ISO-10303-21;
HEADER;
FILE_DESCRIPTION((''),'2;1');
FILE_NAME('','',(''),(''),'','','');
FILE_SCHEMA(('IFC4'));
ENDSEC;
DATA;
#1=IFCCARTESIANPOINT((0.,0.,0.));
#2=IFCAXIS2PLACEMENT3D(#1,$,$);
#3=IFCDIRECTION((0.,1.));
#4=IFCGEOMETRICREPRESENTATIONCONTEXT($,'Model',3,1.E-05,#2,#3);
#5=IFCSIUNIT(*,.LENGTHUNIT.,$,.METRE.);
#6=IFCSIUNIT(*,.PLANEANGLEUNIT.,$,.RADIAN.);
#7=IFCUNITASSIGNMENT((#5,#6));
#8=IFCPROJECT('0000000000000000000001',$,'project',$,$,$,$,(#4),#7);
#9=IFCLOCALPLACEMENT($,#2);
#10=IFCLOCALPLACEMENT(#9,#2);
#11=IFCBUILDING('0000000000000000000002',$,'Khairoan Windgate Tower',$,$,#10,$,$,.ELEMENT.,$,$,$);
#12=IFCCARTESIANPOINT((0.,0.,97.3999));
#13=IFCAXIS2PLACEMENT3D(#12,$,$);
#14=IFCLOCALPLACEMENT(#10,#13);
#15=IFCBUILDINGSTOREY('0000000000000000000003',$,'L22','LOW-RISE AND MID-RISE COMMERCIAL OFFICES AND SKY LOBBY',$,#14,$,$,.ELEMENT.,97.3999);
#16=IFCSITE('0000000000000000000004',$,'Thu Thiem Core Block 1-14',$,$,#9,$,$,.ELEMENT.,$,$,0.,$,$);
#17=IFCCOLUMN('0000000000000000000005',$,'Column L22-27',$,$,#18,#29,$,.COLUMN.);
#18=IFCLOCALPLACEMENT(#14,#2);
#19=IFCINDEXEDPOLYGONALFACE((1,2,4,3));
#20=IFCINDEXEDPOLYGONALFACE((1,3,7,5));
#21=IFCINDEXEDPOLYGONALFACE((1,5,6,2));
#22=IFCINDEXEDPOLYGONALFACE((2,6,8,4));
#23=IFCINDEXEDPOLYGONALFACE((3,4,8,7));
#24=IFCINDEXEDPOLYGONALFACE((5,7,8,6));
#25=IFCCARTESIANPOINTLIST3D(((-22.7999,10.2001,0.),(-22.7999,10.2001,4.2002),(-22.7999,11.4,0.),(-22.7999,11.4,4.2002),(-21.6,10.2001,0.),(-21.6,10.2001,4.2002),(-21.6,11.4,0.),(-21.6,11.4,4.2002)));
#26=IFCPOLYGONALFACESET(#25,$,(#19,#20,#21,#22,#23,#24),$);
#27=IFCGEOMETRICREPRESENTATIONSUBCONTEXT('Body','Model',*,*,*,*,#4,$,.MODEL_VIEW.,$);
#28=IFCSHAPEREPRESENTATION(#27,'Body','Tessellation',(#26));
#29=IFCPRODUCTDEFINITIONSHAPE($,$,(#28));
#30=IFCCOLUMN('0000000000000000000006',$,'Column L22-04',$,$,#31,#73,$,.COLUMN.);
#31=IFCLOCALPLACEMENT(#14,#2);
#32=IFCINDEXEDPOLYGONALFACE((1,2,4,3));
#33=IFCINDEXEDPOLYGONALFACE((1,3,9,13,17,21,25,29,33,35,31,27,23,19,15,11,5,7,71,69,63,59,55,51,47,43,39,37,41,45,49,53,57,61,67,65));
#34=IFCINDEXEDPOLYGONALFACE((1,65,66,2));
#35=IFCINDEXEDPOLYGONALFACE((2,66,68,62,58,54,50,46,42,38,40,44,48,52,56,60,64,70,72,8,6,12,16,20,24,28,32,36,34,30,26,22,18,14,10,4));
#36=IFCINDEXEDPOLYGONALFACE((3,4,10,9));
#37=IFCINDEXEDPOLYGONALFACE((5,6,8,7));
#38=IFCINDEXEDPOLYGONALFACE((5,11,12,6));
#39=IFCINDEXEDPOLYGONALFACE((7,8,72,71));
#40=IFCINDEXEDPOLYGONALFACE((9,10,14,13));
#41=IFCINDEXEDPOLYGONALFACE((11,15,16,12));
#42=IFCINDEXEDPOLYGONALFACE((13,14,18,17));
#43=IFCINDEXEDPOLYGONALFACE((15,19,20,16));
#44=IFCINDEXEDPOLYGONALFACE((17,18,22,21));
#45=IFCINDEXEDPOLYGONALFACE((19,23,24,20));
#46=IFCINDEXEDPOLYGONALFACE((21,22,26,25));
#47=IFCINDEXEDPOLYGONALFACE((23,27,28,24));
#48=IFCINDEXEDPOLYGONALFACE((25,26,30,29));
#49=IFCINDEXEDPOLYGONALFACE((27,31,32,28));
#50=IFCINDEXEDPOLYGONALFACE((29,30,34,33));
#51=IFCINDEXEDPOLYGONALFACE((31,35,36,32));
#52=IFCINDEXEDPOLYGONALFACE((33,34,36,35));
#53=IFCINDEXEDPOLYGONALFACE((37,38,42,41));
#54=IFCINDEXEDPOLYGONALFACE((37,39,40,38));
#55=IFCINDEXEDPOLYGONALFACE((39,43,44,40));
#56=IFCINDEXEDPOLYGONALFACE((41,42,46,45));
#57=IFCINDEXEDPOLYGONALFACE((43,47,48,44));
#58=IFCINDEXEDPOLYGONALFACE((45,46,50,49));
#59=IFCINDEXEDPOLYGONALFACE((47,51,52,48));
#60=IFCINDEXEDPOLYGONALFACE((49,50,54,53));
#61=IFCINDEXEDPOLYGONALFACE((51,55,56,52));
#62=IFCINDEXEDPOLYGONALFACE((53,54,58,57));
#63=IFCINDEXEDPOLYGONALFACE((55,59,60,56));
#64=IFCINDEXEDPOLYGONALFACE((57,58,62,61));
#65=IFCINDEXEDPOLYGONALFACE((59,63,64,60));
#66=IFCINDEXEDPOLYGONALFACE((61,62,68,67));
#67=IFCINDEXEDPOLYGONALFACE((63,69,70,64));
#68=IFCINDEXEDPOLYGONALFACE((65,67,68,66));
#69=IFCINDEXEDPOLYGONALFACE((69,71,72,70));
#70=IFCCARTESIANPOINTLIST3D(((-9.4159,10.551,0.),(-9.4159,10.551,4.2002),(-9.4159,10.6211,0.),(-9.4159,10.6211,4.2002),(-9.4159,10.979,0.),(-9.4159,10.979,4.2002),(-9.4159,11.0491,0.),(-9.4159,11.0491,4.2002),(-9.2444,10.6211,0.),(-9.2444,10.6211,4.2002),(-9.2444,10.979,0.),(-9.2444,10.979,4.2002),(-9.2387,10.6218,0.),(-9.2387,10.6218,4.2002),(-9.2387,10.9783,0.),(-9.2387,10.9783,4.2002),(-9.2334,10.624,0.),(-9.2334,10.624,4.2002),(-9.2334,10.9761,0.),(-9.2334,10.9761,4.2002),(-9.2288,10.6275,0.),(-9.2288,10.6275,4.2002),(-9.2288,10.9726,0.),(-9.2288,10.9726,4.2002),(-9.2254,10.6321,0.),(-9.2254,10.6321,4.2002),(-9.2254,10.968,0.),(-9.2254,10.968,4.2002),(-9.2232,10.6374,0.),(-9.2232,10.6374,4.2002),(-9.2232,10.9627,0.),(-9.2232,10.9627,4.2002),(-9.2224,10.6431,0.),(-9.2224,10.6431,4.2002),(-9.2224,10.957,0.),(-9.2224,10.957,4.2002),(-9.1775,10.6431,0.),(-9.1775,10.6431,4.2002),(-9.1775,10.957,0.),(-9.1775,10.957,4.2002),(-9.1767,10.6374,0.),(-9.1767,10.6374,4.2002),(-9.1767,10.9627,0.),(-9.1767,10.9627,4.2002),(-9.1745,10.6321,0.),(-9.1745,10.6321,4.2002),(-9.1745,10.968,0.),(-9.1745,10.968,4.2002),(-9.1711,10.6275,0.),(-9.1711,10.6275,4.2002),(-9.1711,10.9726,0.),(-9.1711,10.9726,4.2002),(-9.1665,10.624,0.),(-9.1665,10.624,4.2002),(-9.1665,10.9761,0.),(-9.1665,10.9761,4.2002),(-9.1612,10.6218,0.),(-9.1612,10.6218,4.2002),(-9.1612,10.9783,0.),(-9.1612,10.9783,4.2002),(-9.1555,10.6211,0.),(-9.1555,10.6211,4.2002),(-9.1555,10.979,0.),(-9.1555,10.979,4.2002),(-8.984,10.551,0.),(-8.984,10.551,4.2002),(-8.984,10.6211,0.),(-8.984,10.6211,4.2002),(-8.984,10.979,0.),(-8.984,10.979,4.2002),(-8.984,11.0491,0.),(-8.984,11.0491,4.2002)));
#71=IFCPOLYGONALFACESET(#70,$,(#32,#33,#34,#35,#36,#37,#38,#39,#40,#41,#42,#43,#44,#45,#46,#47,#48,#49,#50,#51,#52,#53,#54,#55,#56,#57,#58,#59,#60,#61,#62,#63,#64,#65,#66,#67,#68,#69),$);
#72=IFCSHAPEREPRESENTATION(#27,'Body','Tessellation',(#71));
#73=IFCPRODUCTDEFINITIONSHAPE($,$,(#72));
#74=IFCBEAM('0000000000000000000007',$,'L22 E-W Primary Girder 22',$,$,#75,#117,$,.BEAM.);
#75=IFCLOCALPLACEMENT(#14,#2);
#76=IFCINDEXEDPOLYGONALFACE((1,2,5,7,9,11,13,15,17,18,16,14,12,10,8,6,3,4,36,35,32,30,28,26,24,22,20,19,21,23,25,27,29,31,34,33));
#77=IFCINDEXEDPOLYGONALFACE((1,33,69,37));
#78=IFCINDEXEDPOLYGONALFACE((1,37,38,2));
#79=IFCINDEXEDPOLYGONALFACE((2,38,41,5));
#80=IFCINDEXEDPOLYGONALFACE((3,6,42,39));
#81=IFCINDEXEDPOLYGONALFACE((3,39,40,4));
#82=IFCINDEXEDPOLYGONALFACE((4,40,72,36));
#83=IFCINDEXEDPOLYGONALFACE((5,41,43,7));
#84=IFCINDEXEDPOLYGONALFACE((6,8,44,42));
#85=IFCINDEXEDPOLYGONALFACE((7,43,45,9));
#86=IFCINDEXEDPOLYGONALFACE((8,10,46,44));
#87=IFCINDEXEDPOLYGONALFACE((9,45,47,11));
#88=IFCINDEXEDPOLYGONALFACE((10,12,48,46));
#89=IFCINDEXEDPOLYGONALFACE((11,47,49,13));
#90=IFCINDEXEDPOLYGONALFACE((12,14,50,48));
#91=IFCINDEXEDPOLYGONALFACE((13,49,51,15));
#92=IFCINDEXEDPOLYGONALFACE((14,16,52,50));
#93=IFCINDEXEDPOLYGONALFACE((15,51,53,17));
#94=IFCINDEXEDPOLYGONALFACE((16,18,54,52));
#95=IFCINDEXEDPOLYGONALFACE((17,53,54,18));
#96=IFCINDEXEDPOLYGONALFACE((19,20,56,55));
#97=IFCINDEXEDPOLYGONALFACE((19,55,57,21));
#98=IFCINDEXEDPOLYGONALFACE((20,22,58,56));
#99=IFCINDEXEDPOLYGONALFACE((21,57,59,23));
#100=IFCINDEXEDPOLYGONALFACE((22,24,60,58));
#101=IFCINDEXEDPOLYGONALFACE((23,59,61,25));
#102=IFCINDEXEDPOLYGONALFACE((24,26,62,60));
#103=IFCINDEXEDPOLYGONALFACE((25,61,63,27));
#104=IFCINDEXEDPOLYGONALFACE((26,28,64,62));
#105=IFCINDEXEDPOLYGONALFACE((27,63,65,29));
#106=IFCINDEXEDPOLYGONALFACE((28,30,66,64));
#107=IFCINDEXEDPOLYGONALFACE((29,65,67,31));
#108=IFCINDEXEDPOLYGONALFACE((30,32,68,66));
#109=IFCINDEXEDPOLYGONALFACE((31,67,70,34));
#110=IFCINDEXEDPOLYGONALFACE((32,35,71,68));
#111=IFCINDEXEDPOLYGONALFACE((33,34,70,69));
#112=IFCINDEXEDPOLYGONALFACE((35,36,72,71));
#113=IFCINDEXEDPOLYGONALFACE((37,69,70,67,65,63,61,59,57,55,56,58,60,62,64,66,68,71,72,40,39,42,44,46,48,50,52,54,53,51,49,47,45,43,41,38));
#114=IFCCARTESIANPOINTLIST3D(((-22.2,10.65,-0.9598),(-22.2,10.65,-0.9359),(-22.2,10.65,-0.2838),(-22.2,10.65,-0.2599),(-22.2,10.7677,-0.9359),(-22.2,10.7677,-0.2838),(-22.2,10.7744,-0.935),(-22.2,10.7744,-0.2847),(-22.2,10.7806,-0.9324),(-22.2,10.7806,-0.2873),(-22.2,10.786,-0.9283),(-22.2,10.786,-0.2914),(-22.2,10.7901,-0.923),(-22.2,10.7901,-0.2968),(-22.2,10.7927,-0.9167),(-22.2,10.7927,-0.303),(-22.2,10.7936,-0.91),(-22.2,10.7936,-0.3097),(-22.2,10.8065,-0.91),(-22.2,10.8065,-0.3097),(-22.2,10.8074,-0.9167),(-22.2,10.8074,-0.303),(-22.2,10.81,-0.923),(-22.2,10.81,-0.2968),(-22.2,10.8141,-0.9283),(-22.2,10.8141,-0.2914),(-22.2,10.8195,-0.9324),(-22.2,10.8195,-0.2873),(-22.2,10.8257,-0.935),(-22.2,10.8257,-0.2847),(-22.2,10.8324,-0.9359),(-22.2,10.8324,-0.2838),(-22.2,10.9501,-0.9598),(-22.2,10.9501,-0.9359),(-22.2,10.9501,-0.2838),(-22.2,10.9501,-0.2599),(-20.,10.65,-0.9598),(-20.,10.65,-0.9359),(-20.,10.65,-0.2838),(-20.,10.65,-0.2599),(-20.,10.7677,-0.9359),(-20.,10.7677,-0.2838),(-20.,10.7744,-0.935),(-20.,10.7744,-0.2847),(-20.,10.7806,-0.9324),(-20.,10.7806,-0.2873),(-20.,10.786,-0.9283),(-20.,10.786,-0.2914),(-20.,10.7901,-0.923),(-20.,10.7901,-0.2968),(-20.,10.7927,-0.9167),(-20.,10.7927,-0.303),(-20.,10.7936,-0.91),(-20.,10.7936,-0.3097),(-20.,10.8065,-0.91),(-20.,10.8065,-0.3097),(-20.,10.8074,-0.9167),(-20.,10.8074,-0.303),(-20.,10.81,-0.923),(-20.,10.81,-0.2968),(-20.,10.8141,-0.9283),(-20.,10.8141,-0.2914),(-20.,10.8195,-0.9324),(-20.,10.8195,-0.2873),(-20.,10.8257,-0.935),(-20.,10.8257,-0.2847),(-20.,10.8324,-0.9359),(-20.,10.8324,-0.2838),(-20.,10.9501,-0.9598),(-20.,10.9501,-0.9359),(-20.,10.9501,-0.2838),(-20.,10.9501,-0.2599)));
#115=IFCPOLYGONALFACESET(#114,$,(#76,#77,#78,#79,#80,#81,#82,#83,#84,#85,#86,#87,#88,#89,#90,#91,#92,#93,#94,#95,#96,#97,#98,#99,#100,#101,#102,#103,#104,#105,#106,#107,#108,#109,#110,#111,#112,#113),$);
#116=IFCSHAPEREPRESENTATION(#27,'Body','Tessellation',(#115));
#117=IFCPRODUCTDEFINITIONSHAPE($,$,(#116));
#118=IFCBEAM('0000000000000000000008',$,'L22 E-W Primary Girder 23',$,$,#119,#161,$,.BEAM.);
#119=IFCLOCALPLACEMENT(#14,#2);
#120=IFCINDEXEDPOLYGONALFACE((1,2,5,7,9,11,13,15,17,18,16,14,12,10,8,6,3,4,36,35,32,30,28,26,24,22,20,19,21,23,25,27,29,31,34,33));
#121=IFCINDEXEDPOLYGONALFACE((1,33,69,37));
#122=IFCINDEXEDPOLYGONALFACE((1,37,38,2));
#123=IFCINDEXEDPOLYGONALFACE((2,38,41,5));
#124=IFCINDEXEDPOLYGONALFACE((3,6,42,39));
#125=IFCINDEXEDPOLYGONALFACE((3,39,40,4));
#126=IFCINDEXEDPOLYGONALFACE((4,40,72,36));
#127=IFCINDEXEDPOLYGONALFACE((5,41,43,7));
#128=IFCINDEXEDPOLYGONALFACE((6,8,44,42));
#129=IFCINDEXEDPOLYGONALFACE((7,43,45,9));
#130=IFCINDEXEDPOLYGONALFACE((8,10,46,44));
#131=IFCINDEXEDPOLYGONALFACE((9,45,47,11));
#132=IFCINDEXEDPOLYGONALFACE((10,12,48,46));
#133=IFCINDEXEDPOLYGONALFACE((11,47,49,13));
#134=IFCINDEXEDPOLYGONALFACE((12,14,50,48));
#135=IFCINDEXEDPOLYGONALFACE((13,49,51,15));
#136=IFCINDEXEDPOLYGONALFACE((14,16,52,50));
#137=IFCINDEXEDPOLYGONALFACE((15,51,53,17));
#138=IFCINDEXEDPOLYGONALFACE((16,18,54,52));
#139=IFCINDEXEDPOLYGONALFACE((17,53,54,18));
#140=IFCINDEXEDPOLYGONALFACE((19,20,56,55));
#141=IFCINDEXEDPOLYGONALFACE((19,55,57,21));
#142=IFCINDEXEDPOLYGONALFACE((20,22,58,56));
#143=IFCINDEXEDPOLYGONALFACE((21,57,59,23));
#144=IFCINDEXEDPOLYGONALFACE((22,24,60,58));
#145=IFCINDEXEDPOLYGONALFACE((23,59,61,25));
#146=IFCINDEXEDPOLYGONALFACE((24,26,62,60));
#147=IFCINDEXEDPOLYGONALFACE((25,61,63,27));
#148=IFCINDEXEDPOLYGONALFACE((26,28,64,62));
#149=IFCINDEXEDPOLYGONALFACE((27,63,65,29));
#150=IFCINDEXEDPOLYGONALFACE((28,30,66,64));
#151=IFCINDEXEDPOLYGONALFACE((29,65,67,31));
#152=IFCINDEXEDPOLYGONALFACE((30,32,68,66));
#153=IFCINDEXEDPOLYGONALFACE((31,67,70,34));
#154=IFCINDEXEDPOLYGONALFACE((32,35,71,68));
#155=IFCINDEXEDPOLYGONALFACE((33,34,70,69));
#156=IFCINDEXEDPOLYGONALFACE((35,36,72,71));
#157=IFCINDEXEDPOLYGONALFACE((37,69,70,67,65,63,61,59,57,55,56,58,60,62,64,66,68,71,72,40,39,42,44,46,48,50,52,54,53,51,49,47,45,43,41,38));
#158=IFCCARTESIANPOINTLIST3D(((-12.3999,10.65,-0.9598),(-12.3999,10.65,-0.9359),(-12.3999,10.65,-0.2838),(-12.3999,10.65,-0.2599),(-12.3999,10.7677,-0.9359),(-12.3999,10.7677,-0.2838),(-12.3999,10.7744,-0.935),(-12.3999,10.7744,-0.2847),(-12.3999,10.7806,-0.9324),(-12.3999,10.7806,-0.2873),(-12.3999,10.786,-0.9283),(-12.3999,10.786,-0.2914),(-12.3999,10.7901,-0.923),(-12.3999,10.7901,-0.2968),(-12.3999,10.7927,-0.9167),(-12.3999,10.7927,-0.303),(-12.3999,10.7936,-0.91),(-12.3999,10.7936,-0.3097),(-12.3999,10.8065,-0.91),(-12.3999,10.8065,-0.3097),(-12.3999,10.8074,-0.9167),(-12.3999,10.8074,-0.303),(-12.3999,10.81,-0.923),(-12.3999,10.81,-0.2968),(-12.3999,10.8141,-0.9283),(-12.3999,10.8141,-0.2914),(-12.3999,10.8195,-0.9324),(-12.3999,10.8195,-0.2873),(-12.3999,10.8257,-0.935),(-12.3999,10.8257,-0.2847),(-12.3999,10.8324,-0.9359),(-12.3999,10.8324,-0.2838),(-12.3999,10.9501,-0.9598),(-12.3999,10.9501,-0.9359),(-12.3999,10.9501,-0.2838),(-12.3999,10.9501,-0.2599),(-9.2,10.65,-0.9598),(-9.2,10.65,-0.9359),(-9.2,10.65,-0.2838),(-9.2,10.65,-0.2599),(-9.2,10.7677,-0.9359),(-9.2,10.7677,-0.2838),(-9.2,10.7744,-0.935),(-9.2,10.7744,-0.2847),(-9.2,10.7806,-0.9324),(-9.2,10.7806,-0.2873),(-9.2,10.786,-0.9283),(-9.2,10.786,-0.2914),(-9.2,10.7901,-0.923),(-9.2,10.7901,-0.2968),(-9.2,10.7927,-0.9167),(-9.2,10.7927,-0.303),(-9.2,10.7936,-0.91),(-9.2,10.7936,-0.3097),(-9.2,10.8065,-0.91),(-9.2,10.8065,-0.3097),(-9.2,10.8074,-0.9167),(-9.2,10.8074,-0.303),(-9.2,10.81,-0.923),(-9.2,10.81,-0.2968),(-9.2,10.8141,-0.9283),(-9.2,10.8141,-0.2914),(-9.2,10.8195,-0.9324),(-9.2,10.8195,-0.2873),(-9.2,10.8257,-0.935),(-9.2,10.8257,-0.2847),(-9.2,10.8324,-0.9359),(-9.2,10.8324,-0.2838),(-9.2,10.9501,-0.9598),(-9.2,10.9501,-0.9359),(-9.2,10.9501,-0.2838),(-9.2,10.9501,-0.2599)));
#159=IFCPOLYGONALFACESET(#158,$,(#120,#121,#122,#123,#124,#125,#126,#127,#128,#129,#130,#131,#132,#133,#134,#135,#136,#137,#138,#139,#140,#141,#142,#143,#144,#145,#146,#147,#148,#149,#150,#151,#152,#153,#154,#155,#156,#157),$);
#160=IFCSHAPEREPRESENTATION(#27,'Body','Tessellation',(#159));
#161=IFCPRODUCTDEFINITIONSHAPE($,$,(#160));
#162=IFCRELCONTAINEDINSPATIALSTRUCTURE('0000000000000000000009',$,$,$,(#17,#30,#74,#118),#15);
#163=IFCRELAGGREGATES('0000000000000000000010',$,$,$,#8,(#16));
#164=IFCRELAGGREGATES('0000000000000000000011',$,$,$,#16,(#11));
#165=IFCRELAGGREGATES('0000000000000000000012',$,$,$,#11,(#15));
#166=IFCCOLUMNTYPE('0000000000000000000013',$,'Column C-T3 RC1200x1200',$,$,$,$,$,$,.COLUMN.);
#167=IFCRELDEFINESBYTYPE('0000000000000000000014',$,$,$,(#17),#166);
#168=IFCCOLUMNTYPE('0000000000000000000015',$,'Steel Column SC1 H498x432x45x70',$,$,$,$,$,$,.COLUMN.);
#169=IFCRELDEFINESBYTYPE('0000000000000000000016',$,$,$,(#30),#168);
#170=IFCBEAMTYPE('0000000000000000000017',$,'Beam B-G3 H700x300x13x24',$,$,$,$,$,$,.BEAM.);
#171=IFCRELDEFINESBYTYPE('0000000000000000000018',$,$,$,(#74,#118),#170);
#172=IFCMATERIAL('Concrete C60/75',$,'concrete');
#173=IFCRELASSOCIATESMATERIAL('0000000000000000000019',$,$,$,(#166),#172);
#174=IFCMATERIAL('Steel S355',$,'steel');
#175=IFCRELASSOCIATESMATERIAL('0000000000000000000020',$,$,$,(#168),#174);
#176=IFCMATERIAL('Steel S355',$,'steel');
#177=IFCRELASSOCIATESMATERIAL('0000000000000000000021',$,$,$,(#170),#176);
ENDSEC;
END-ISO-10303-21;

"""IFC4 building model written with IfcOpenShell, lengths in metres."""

from ifc_helpers import new_model, si_unit, direction, frame, origin, origin_2d, place, context, subcontext, project, spatial, rectangle, i_section, extrude, material, material_profile, profile_set, type_object, element, save


model = new_model("IFC4")

# Units and contexts
model_context = context("Model", 3, precision=1e-05, world=origin(), true_north=direction((0.0, 1.0)))
body_context = subcontext(model_context, "Body", "Model", "MODEL_VIEW")
ifc_project = project(units=[si_unit("LENGTHUNIT", "METRE"), si_unit("PLANEANGLEUNIT", "RADIAN")], contexts=[model_context])

# Site, building, storey
site_placement = place(None, origin())
site = spatial("IfcSite", under=ifc_project, at=site_placement, Name="Thu Thiem Core Block 1-14", CompositionType="ELEMENT", RefElevation=0.0)
building_placement = place(site_placement, origin())
building = spatial("IfcBuilding", under=site, at=building_placement, Name="Khairoan Windgate Tower", CompositionType="ELEMENT")
storey_placement = place(building_placement, frame((0.0, 0.0, 97.3999)))
storey = spatial("IfcBuildingStorey", under=building, at=storey_placement, Name="L22", Description="LOW-RISE AND MID-RISE COMMERCIAL OFFICES AND SKY LOBBY", CompositionType="ELEMENT", Elevation=97.3999)

# Columns
ifc_material_1 = material(Name="Concrete C60/75", Category="concrete")
ifc_material_profile_1 = material_profile(ifc_material_1, rectangle(XDim=1.2, YDim=1.2, at=origin_2d()))
ifc_profile_set_1 = profile_set([ifc_material_profile_1], Name="Concrete C60/75")
column_type_1 = type_object("IfcColumnType", Name="Column C-T3 RC1200x1200", PredefinedType="COLUMN", material=ifc_profile_set_1)
column_1_placement = place(storey_placement, frame((-22.2, 10.8, 0.0), z_axis=(0.0, 0.0, 1.0), x_axis=(1.0, 0.0, 0.0)))
element("IfcColumn", 1, at=column_1_placement, inside=storey, type_object=column_type_1, Name="Column L22-27", PredefinedType="COLUMN", context=body_context, shape_type="SweptSolid", body=[
    extrude(rectangle(XDim=1.2, YDim=1.2, at=origin_2d()), origin(), (0.0, 0.0, 1.0), 4.2002),
])
ifc_material_2 = material(Name="Steel S355", Category="steel")
ifc_material_profile_2 = material_profile(ifc_material_2, i_section(OverallWidth=0.4319, OverallDepth=0.498, WebThickness=0.0449, FlangeThickness=0.0701, FilletRadius=0.022, at=origin_2d()))
ifc_profile_set_2 = profile_set([ifc_material_profile_2], Name="Steel S355")
column_type_2 = type_object("IfcColumnType", Name="Steel Column SC1 H498x432x45x70", PredefinedType="COLUMN", material=ifc_profile_set_2)
column_2_placement = place(storey_placement, frame((-9.2, 10.8, 0.0), z_axis=(0.0, 0.0, 1.0), x_axis=(1.0, 0.0, 0.0)))
element("IfcColumn", 2, at=column_2_placement, inside=storey, type_object=column_type_2, Name="Column L22-04", PredefinedType="COLUMN", context=body_context, shape_type="SweptSolid", body=[
    extrude(i_section(OverallWidth=0.4319, OverallDepth=0.498, WebThickness=0.0449, FlangeThickness=0.0701, FilletRadius=0.022, at=origin_2d()), origin(), (0.0, 0.0, 1.0), 4.2002),
])

# Beams
ifc_material_3 = material(Name="Steel S355", Category="steel")
ifc_material_profile_3 = material_profile(ifc_material_3, i_section(OverallWidth=0.3, OverallDepth=0.7, WebThickness=0.0129, FlangeThickness=0.0239, FilletRadius=0.0259, at=origin_2d()))
ifc_profile_set_3 = profile_set([ifc_material_profile_3], Name="Steel S355")
beam_type_1 = type_object("IfcBeamType", Name="Beam B-G3 H700x300x13x24", PredefinedType="BEAM", material=ifc_profile_set_3)
beam_1_placement = place(storey_placement, frame((-22.2, 10.8, -0.6099), z_axis=(1.0, 0.0, 0.0), x_axis=(0.0, 1.0, 0.0)))
element("IfcBeam", 3, at=beam_1_placement, inside=storey, type_object=beam_type_1, Name="L22 E-W Primary Girder 22", PredefinedType="BEAM", context=body_context, shape_type="SweptSolid", body=[
    extrude(i_section(OverallWidth=0.3, OverallDepth=0.7, WebThickness=0.0129, FlangeThickness=0.0239, FilletRadius=0.0259, at=origin_2d()), origin(), (0.0, 0.0, 1.0), 2.2),
])
beam_2_placement = place(storey_placement, frame((-12.3999, 10.8, -0.6099), z_axis=(1.0, 0.0, 0.0), x_axis=(0.0, 1.0, 0.0)))
element("IfcBeam", 4, at=beam_2_placement, inside=storey, type_object=beam_type_1, Name="L22 E-W Primary Girder 23", PredefinedType="BEAM", context=body_context, shape_type="SweptSolid", body=[
    extrude(i_section(OverallWidth=0.3, OverallDepth=0.7, WebThickness=0.0129, FlangeThickness=0.0239, FilletRadius=0.0259, at=origin_2d()), origin(), (0.0, 0.0, 1.0), 3.2),
])

save(model, "model.ifc")
